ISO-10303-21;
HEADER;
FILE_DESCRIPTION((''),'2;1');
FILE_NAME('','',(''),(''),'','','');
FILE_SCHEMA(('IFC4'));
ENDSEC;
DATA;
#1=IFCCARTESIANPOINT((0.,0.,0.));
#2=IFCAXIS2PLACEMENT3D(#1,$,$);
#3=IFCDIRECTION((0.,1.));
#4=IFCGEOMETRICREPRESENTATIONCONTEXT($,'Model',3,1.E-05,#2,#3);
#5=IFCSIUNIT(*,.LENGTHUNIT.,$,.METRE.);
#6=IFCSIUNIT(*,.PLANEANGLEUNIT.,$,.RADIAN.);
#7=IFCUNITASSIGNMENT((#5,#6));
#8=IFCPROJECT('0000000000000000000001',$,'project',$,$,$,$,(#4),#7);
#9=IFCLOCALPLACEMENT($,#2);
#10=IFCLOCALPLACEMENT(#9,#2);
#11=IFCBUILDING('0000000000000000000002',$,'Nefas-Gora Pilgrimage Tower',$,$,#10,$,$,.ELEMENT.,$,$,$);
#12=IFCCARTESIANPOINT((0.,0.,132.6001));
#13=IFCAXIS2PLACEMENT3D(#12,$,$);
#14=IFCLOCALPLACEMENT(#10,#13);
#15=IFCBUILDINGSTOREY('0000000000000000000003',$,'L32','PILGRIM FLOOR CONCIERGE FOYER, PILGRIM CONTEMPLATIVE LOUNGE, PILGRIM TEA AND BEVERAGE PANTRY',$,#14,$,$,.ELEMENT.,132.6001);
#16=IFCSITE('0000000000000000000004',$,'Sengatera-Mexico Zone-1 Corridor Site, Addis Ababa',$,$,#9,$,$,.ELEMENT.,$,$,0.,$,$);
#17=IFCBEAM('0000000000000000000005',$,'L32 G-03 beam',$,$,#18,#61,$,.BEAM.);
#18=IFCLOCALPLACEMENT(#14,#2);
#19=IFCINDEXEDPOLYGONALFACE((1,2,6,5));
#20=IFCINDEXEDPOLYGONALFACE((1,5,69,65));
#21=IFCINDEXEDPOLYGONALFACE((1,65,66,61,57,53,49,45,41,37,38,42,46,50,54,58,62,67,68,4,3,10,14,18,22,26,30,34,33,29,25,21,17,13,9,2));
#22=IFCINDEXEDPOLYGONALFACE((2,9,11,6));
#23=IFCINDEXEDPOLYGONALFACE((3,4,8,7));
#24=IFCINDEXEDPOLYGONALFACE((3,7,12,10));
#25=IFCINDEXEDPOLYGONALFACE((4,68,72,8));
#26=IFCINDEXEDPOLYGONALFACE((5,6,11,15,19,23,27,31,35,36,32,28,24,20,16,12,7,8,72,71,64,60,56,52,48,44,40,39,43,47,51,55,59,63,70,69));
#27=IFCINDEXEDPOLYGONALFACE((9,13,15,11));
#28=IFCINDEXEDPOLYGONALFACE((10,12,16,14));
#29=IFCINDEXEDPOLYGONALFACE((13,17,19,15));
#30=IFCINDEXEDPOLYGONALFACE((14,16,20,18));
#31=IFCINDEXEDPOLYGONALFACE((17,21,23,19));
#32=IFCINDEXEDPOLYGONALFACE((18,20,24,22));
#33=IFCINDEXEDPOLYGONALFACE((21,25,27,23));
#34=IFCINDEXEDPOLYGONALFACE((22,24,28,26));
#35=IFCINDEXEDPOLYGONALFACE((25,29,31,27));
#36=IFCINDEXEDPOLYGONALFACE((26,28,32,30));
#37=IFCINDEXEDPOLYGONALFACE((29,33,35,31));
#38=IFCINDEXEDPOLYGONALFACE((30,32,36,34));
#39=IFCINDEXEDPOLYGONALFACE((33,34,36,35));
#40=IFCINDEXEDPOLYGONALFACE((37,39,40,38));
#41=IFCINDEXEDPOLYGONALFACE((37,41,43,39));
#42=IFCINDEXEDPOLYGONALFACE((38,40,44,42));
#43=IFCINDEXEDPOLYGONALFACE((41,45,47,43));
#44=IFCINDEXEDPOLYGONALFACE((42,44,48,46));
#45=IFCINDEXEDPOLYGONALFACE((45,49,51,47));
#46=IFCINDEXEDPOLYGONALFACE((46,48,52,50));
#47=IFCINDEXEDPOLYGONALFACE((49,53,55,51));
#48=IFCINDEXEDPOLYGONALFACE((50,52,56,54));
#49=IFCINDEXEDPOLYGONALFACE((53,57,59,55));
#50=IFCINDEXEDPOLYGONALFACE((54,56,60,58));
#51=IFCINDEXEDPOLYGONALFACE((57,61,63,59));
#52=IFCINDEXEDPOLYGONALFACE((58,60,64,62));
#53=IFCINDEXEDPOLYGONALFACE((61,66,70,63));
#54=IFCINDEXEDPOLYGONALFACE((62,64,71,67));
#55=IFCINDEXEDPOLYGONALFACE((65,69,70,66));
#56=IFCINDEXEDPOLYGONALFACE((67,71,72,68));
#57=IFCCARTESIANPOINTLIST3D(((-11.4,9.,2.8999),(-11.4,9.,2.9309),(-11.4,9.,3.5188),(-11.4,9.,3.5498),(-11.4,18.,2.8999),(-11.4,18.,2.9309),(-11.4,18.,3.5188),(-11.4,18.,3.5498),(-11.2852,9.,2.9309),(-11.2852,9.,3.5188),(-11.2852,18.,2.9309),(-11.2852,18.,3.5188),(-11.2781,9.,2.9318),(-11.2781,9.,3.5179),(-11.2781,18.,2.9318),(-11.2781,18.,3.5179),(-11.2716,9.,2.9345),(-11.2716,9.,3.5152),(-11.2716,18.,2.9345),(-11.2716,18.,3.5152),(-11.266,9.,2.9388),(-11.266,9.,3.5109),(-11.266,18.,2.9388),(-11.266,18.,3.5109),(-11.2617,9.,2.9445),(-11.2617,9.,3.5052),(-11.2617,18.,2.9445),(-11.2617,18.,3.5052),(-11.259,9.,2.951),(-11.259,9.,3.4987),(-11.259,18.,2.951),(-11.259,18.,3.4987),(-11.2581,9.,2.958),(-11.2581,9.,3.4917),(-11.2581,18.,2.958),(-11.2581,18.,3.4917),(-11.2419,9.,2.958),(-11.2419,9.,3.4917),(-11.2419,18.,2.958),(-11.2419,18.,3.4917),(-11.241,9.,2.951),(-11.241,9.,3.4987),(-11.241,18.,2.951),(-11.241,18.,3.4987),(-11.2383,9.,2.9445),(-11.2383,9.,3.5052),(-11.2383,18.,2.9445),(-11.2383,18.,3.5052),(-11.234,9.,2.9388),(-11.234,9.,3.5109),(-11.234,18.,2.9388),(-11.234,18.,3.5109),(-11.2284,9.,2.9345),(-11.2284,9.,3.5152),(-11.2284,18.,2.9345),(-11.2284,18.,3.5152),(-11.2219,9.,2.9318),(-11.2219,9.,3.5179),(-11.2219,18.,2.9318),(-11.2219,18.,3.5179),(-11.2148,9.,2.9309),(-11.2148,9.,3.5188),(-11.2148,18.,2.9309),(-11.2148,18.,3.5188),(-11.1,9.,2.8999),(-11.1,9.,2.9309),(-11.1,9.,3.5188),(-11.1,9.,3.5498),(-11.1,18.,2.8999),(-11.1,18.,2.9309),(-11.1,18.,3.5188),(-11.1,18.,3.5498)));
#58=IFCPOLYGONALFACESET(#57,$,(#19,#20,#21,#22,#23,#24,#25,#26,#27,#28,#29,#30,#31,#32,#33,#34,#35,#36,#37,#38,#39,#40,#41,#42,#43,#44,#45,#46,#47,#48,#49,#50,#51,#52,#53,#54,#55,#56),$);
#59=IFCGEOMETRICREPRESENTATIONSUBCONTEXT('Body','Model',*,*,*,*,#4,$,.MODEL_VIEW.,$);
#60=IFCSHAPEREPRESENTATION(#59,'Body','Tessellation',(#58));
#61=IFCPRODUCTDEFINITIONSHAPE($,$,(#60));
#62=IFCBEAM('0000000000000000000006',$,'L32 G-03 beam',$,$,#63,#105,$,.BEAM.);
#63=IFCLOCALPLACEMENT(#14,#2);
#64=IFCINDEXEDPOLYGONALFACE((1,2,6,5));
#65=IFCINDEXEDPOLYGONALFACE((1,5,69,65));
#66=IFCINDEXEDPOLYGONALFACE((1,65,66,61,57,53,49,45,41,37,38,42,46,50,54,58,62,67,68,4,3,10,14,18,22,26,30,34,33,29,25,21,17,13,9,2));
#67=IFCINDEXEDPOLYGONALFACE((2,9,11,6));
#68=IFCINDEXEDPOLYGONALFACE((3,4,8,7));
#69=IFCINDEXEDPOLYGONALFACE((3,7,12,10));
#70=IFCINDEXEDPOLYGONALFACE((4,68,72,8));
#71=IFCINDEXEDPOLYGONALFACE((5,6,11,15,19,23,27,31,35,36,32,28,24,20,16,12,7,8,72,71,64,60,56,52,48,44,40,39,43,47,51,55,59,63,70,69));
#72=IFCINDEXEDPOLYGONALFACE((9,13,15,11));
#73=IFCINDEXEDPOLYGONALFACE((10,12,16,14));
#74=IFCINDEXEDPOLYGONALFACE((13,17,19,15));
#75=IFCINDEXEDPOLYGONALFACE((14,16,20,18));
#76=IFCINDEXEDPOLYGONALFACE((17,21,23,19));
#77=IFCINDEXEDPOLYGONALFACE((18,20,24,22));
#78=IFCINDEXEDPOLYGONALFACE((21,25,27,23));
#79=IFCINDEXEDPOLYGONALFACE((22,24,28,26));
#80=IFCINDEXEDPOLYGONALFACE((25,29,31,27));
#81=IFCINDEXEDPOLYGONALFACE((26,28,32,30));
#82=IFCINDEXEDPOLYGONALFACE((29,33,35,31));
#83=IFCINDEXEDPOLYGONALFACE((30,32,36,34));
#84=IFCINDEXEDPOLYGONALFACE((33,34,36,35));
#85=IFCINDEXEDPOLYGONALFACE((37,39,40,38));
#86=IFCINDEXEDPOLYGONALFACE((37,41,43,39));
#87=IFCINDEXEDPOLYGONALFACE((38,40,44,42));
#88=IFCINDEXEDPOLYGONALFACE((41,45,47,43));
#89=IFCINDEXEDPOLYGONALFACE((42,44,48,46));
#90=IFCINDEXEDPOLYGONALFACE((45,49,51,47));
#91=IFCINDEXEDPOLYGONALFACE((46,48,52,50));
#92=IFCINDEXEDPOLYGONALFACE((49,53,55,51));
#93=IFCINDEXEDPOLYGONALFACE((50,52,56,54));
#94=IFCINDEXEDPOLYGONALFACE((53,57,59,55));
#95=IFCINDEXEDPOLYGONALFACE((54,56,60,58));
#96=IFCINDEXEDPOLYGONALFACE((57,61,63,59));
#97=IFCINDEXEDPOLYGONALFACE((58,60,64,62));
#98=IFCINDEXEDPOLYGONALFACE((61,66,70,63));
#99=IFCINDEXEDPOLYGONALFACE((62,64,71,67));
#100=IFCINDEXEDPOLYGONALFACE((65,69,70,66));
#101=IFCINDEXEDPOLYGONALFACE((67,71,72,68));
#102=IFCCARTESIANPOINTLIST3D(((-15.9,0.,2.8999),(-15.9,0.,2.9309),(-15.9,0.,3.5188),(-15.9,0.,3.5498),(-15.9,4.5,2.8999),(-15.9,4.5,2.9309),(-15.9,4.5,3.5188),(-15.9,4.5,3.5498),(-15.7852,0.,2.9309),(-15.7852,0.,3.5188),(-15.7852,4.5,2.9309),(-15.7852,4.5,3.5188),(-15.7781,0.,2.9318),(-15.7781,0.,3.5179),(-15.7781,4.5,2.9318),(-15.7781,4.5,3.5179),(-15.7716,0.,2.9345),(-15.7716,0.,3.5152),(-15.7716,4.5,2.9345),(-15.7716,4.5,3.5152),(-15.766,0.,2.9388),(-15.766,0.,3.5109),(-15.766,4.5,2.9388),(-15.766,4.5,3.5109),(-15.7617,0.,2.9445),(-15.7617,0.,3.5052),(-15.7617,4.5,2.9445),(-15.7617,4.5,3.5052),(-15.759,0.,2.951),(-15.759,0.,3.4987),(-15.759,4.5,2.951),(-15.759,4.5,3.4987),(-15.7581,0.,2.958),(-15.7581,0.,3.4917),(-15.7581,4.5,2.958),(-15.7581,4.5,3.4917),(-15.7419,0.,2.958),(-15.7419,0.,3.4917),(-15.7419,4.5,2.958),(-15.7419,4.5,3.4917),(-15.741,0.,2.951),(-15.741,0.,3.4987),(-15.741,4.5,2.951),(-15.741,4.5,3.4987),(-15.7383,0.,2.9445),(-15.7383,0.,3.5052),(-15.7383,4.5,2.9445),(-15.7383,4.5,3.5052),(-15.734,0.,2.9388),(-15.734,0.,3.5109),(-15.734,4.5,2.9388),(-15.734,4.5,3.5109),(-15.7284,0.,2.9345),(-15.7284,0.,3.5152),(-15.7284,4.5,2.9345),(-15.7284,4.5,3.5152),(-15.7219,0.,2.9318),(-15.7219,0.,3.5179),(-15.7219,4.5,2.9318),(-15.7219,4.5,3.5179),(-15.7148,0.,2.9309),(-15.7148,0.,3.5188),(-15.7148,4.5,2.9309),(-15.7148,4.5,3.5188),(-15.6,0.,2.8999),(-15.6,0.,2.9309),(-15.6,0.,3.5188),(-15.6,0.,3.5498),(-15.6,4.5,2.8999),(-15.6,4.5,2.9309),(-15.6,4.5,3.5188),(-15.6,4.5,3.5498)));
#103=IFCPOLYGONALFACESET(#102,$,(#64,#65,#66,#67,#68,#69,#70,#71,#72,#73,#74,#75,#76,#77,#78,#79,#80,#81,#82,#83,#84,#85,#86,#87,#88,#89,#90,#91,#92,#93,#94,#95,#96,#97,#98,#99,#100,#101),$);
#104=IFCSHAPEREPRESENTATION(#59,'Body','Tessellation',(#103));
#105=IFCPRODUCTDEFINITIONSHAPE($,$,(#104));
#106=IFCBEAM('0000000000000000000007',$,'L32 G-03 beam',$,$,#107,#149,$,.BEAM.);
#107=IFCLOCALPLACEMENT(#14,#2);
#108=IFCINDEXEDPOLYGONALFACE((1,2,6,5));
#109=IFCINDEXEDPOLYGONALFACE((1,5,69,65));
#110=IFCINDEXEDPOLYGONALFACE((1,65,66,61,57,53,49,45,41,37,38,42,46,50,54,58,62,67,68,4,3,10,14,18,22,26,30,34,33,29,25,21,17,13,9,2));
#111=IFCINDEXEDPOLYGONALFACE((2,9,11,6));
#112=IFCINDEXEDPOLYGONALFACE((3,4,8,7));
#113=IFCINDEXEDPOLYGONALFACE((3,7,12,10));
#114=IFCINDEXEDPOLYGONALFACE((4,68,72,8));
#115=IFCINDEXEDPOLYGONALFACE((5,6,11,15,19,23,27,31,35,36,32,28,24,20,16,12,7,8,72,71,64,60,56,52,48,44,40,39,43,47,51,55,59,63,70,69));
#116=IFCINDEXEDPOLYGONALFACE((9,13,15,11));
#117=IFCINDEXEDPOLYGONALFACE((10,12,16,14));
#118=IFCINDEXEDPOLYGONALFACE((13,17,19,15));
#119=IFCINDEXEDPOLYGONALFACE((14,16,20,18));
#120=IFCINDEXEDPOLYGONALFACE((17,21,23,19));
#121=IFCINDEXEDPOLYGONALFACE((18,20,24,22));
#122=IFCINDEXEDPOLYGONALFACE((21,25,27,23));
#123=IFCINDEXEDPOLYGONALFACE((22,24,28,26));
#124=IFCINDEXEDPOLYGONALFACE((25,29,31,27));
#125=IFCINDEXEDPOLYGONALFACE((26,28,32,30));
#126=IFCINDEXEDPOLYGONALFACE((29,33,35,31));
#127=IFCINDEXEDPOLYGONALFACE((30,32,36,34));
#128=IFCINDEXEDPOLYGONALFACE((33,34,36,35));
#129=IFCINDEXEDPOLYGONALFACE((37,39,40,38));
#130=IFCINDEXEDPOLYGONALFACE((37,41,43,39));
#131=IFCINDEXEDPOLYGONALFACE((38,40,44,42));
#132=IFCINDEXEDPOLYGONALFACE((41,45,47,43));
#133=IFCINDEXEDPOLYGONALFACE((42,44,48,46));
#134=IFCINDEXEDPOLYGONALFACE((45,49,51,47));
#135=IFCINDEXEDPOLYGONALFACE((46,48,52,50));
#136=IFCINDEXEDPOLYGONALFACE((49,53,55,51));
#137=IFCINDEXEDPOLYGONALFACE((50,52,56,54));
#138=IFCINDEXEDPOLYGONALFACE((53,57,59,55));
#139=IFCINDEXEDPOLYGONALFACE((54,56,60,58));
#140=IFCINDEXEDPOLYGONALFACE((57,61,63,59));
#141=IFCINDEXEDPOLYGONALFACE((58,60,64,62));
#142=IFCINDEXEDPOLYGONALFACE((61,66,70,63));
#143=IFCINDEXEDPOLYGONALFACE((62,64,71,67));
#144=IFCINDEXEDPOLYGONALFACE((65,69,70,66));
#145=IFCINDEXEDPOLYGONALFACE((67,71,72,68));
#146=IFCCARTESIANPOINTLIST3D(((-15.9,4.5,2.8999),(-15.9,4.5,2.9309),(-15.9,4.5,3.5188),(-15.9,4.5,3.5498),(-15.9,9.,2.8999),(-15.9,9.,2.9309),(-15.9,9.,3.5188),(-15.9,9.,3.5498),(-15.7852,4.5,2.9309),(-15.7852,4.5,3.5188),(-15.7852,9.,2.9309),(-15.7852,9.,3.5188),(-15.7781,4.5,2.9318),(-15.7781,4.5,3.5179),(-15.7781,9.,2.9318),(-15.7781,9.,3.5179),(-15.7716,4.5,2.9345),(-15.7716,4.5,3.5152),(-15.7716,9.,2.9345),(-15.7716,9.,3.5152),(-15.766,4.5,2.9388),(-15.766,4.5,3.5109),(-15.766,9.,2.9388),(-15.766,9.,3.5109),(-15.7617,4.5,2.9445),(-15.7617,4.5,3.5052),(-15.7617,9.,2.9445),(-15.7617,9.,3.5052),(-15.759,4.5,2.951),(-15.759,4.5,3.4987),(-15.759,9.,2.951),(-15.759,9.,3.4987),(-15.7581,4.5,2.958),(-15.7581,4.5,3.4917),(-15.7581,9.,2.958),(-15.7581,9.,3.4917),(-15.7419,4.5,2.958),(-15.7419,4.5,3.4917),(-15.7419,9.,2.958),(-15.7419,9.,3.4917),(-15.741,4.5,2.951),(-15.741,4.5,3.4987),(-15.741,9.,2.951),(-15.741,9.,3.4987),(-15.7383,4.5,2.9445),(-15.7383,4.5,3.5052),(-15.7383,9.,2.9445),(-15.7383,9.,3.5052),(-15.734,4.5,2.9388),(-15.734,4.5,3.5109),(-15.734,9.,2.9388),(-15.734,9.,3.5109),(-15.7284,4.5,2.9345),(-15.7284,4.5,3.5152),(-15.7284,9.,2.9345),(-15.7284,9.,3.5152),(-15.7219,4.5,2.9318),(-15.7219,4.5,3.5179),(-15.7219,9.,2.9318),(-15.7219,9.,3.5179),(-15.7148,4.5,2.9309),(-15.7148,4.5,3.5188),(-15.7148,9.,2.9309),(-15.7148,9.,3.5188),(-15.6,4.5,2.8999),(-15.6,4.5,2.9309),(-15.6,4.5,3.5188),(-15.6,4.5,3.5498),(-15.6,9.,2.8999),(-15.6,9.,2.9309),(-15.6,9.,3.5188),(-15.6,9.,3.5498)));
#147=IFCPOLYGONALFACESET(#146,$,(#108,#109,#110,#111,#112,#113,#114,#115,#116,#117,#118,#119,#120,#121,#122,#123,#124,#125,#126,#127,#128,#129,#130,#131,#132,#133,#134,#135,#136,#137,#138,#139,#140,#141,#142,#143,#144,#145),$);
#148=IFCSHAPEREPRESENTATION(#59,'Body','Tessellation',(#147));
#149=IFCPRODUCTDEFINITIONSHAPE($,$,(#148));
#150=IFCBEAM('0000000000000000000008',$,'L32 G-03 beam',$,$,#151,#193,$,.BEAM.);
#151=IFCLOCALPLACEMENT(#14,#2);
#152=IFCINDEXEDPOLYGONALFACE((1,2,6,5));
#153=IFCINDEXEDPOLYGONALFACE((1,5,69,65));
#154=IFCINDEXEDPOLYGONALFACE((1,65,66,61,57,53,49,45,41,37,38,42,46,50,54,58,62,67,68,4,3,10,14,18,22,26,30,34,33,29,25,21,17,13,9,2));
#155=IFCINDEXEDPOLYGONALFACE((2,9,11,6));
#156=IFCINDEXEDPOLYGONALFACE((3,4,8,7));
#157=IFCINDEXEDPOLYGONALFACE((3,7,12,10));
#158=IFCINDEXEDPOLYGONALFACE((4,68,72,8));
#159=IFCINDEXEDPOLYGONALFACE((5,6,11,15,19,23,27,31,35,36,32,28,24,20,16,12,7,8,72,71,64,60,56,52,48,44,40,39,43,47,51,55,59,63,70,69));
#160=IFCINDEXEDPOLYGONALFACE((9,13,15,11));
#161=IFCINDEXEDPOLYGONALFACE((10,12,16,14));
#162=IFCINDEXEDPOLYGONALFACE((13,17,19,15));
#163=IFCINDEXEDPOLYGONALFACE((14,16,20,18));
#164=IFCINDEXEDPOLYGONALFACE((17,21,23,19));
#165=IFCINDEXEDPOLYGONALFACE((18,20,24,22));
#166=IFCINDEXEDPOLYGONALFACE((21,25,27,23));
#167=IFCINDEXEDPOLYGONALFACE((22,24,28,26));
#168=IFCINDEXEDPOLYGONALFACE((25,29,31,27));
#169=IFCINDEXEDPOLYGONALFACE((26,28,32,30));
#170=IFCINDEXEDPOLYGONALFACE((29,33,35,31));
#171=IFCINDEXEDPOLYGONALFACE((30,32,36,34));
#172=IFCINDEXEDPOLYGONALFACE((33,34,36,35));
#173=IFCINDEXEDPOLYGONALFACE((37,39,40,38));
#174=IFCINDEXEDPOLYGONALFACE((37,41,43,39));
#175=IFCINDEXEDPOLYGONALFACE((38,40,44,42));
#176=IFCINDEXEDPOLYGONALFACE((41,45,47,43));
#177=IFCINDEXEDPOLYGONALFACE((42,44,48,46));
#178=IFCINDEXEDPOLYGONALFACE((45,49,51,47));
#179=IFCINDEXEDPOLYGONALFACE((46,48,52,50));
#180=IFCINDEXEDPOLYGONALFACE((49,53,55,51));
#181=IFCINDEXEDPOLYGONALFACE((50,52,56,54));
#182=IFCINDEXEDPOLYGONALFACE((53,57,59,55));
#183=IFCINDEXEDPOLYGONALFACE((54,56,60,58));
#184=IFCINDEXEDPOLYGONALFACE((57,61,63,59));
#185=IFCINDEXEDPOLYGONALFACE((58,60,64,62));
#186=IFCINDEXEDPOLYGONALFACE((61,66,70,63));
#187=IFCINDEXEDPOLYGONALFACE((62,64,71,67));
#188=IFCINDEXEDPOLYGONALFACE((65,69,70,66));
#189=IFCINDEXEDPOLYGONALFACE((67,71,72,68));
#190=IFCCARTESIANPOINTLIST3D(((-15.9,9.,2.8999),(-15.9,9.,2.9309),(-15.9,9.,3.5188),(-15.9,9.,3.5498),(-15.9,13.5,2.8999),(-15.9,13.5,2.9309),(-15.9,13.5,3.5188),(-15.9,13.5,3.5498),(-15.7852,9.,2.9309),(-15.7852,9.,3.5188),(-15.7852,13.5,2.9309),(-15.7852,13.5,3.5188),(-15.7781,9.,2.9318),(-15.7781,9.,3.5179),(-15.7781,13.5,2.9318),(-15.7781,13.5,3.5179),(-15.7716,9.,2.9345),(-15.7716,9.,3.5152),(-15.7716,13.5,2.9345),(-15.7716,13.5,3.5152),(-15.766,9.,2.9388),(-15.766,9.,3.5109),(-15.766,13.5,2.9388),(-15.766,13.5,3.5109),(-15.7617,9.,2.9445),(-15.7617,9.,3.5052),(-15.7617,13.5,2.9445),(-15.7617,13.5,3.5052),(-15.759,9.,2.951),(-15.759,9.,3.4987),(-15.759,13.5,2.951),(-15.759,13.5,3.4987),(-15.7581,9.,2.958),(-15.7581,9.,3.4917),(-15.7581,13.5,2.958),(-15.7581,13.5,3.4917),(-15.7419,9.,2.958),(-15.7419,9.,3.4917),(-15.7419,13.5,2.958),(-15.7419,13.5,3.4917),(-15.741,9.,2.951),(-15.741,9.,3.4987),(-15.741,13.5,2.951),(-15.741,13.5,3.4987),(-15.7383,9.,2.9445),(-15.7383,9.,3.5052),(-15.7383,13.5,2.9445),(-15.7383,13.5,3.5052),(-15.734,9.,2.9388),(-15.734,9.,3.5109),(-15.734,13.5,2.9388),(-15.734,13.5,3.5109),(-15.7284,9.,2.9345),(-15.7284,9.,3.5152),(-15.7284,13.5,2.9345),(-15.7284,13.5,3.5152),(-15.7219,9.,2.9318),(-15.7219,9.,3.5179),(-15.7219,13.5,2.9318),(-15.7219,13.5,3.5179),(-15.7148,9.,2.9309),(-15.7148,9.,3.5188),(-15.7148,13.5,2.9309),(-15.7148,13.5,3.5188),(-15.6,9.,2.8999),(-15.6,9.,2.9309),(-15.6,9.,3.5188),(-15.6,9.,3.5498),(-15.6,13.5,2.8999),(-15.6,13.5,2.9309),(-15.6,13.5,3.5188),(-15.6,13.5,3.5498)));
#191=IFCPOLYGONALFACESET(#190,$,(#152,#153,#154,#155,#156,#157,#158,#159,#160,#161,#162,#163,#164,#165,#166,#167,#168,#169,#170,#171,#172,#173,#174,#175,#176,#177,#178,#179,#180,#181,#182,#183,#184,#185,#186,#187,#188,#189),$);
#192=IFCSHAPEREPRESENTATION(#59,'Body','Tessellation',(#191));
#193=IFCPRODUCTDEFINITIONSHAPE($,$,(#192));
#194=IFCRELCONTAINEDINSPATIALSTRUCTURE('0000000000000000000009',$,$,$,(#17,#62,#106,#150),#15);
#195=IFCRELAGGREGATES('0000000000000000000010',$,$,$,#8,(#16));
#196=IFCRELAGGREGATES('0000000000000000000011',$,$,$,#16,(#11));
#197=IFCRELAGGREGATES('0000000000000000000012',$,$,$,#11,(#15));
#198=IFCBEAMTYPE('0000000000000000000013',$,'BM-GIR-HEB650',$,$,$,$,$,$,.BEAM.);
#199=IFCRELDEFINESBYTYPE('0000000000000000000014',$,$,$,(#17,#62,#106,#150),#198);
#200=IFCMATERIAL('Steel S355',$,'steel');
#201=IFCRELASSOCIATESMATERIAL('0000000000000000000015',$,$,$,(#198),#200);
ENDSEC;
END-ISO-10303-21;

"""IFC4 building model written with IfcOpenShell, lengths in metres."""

from ifc_helpers import new_model, si_unit, direction, frame, origin, origin_2d, place, context, subcontext, project, spatial, i_section, extrude, source, transform, mapped, material, material_profile, profile_set, type_object, element, save


model = new_model("IFC4")

# Units and contexts
model_context = context("Model", 3, precision=1e-05, world=origin(), true_north=direction((0.0, 1.0)))
body_context = subcontext(model_context, "Body", "Model", "MODEL_VIEW")
ifc_project = project(units=[si_unit("LENGTHUNIT", "METRE"), si_unit("PLANEANGLEUNIT", "RADIAN")], contexts=[model_context])

# Site, building, storey
site_placement = place(None, origin())
site = spatial("IfcSite", under=ifc_project, at=site_placement, Name="Sengatera-Mexico Zone-1 Corridor Site, Addis Ababa", CompositionType="ELEMENT", RefElevation=0.0)
building_placement = place(site_placement, origin())
building = spatial("IfcBuilding", under=site, at=building_placement, Name="Nefas-Gora Pilgrimage Tower", CompositionType="ELEMENT")
storey_placement = place(building_placement, frame((0.0, 0.0, 132.6001)))
storey = spatial("IfcBuildingStorey", under=building, at=storey_placement, Name="L32", Description="PILGRIM FLOOR CONCIERGE FOYER, PILGRIM CONTEMPLATIVE LOUNGE, PILGRIM TEA AND BEVERAGE PANTRY", CompositionType="ELEMENT", Elevation=132.6001)

# Beams
ifc_material_1 = material(Name="Steel S355", Category="steel")
ifc_material_profile_1 = material_profile(ifc_material_1, i_section(OverallWidth=0.3, OverallDepth=0.6499, WebThickness=0.0161, FlangeThickness=0.031, FilletRadius=0.0271, at=origin_2d()), Name="HEB 650")
ifc_profile_set_1 = profile_set([ifc_material_profile_1], Name="Steel S355")
beam_type = type_object("IfcBeamType", Name="BM-GIR-HEB650", PredefinedType="BEAM", material=ifc_profile_set_1)
shared_shape_1 = source(origin(), body_context, "Body", "SweptSolid", [
    extrude(i_section(OverallWidth=0.3, OverallDepth=0.6499, WebThickness=0.0161, FlangeThickness=0.031, FilletRadius=0.0271, at=origin_2d()), origin(), (0.0, 0.0, 1.0), 9.0),
])
beam_placement = place(storey_placement, frame((-11.25, 9.0, 3.2249), z_axis=(0.0, 1.0, 0.0), x_axis=(-1.0, 0.0, 0.0)))
element("IfcBeam", 1, at=beam_placement, inside=storey, type_object=beam_type, Name="L32 G-03 beam", PredefinedType="BEAM", context=body_context, shape_type="MappedRepresentation", body=[
    mapped(shared_shape_1, transform((0.0, 0.0, 0.0), x_axis=(1.0, 0.0, 0.0), y_axis=(0.0, 1.0, 0.0), z_axis=(0.0, 0.0, 1.0), scale=1.0)),
])
shared_shape_2 = source(origin(), body_context, "Body", "SweptSolid", [
    extrude(i_section(OverallWidth=0.3, OverallDepth=0.6499, WebThickness=0.0161, FlangeThickness=0.031, FilletRadius=0.0271, at=origin_2d()), origin(), (0.0, 0.0, 1.0), 4.5),
])
for number, where, z_axis, x_axis, name in (
    (2, (-15.75, 0.0, 3.2249), (0.0, 1.0, 0.0), (-1.0, 0.0, 0.0), "L32 G-03 beam"),
    (3, (-15.75, 4.5, 3.2249), (0.0, 1.0, 0.0), (-1.0, 0.0, 0.0), "L32 G-03 beam"),
    (4, (-15.75, 9.0, 3.2249), (0.0, 1.0, 0.0), (-1.0, 0.0, 0.0), "L32 G-03 beam"),
):
    element("IfcBeam", number, at=place(storey_placement, frame(where, z_axis=z_axis, x_axis=x_axis)), inside=storey, type_object=beam_type, Name=name, PredefinedType="BEAM", context=body_context, shape_type="MappedRepresentation", body=[
        mapped(shared_shape_2, transform((0.0, 0.0, 0.0), x_axis=(1.0, 0.0, 0.0), y_axis=(0.0, 1.0, 0.0), z_axis=(0.0, 0.0, 1.0), scale=1.0)),
    ])

save(model, "model.ifc")
